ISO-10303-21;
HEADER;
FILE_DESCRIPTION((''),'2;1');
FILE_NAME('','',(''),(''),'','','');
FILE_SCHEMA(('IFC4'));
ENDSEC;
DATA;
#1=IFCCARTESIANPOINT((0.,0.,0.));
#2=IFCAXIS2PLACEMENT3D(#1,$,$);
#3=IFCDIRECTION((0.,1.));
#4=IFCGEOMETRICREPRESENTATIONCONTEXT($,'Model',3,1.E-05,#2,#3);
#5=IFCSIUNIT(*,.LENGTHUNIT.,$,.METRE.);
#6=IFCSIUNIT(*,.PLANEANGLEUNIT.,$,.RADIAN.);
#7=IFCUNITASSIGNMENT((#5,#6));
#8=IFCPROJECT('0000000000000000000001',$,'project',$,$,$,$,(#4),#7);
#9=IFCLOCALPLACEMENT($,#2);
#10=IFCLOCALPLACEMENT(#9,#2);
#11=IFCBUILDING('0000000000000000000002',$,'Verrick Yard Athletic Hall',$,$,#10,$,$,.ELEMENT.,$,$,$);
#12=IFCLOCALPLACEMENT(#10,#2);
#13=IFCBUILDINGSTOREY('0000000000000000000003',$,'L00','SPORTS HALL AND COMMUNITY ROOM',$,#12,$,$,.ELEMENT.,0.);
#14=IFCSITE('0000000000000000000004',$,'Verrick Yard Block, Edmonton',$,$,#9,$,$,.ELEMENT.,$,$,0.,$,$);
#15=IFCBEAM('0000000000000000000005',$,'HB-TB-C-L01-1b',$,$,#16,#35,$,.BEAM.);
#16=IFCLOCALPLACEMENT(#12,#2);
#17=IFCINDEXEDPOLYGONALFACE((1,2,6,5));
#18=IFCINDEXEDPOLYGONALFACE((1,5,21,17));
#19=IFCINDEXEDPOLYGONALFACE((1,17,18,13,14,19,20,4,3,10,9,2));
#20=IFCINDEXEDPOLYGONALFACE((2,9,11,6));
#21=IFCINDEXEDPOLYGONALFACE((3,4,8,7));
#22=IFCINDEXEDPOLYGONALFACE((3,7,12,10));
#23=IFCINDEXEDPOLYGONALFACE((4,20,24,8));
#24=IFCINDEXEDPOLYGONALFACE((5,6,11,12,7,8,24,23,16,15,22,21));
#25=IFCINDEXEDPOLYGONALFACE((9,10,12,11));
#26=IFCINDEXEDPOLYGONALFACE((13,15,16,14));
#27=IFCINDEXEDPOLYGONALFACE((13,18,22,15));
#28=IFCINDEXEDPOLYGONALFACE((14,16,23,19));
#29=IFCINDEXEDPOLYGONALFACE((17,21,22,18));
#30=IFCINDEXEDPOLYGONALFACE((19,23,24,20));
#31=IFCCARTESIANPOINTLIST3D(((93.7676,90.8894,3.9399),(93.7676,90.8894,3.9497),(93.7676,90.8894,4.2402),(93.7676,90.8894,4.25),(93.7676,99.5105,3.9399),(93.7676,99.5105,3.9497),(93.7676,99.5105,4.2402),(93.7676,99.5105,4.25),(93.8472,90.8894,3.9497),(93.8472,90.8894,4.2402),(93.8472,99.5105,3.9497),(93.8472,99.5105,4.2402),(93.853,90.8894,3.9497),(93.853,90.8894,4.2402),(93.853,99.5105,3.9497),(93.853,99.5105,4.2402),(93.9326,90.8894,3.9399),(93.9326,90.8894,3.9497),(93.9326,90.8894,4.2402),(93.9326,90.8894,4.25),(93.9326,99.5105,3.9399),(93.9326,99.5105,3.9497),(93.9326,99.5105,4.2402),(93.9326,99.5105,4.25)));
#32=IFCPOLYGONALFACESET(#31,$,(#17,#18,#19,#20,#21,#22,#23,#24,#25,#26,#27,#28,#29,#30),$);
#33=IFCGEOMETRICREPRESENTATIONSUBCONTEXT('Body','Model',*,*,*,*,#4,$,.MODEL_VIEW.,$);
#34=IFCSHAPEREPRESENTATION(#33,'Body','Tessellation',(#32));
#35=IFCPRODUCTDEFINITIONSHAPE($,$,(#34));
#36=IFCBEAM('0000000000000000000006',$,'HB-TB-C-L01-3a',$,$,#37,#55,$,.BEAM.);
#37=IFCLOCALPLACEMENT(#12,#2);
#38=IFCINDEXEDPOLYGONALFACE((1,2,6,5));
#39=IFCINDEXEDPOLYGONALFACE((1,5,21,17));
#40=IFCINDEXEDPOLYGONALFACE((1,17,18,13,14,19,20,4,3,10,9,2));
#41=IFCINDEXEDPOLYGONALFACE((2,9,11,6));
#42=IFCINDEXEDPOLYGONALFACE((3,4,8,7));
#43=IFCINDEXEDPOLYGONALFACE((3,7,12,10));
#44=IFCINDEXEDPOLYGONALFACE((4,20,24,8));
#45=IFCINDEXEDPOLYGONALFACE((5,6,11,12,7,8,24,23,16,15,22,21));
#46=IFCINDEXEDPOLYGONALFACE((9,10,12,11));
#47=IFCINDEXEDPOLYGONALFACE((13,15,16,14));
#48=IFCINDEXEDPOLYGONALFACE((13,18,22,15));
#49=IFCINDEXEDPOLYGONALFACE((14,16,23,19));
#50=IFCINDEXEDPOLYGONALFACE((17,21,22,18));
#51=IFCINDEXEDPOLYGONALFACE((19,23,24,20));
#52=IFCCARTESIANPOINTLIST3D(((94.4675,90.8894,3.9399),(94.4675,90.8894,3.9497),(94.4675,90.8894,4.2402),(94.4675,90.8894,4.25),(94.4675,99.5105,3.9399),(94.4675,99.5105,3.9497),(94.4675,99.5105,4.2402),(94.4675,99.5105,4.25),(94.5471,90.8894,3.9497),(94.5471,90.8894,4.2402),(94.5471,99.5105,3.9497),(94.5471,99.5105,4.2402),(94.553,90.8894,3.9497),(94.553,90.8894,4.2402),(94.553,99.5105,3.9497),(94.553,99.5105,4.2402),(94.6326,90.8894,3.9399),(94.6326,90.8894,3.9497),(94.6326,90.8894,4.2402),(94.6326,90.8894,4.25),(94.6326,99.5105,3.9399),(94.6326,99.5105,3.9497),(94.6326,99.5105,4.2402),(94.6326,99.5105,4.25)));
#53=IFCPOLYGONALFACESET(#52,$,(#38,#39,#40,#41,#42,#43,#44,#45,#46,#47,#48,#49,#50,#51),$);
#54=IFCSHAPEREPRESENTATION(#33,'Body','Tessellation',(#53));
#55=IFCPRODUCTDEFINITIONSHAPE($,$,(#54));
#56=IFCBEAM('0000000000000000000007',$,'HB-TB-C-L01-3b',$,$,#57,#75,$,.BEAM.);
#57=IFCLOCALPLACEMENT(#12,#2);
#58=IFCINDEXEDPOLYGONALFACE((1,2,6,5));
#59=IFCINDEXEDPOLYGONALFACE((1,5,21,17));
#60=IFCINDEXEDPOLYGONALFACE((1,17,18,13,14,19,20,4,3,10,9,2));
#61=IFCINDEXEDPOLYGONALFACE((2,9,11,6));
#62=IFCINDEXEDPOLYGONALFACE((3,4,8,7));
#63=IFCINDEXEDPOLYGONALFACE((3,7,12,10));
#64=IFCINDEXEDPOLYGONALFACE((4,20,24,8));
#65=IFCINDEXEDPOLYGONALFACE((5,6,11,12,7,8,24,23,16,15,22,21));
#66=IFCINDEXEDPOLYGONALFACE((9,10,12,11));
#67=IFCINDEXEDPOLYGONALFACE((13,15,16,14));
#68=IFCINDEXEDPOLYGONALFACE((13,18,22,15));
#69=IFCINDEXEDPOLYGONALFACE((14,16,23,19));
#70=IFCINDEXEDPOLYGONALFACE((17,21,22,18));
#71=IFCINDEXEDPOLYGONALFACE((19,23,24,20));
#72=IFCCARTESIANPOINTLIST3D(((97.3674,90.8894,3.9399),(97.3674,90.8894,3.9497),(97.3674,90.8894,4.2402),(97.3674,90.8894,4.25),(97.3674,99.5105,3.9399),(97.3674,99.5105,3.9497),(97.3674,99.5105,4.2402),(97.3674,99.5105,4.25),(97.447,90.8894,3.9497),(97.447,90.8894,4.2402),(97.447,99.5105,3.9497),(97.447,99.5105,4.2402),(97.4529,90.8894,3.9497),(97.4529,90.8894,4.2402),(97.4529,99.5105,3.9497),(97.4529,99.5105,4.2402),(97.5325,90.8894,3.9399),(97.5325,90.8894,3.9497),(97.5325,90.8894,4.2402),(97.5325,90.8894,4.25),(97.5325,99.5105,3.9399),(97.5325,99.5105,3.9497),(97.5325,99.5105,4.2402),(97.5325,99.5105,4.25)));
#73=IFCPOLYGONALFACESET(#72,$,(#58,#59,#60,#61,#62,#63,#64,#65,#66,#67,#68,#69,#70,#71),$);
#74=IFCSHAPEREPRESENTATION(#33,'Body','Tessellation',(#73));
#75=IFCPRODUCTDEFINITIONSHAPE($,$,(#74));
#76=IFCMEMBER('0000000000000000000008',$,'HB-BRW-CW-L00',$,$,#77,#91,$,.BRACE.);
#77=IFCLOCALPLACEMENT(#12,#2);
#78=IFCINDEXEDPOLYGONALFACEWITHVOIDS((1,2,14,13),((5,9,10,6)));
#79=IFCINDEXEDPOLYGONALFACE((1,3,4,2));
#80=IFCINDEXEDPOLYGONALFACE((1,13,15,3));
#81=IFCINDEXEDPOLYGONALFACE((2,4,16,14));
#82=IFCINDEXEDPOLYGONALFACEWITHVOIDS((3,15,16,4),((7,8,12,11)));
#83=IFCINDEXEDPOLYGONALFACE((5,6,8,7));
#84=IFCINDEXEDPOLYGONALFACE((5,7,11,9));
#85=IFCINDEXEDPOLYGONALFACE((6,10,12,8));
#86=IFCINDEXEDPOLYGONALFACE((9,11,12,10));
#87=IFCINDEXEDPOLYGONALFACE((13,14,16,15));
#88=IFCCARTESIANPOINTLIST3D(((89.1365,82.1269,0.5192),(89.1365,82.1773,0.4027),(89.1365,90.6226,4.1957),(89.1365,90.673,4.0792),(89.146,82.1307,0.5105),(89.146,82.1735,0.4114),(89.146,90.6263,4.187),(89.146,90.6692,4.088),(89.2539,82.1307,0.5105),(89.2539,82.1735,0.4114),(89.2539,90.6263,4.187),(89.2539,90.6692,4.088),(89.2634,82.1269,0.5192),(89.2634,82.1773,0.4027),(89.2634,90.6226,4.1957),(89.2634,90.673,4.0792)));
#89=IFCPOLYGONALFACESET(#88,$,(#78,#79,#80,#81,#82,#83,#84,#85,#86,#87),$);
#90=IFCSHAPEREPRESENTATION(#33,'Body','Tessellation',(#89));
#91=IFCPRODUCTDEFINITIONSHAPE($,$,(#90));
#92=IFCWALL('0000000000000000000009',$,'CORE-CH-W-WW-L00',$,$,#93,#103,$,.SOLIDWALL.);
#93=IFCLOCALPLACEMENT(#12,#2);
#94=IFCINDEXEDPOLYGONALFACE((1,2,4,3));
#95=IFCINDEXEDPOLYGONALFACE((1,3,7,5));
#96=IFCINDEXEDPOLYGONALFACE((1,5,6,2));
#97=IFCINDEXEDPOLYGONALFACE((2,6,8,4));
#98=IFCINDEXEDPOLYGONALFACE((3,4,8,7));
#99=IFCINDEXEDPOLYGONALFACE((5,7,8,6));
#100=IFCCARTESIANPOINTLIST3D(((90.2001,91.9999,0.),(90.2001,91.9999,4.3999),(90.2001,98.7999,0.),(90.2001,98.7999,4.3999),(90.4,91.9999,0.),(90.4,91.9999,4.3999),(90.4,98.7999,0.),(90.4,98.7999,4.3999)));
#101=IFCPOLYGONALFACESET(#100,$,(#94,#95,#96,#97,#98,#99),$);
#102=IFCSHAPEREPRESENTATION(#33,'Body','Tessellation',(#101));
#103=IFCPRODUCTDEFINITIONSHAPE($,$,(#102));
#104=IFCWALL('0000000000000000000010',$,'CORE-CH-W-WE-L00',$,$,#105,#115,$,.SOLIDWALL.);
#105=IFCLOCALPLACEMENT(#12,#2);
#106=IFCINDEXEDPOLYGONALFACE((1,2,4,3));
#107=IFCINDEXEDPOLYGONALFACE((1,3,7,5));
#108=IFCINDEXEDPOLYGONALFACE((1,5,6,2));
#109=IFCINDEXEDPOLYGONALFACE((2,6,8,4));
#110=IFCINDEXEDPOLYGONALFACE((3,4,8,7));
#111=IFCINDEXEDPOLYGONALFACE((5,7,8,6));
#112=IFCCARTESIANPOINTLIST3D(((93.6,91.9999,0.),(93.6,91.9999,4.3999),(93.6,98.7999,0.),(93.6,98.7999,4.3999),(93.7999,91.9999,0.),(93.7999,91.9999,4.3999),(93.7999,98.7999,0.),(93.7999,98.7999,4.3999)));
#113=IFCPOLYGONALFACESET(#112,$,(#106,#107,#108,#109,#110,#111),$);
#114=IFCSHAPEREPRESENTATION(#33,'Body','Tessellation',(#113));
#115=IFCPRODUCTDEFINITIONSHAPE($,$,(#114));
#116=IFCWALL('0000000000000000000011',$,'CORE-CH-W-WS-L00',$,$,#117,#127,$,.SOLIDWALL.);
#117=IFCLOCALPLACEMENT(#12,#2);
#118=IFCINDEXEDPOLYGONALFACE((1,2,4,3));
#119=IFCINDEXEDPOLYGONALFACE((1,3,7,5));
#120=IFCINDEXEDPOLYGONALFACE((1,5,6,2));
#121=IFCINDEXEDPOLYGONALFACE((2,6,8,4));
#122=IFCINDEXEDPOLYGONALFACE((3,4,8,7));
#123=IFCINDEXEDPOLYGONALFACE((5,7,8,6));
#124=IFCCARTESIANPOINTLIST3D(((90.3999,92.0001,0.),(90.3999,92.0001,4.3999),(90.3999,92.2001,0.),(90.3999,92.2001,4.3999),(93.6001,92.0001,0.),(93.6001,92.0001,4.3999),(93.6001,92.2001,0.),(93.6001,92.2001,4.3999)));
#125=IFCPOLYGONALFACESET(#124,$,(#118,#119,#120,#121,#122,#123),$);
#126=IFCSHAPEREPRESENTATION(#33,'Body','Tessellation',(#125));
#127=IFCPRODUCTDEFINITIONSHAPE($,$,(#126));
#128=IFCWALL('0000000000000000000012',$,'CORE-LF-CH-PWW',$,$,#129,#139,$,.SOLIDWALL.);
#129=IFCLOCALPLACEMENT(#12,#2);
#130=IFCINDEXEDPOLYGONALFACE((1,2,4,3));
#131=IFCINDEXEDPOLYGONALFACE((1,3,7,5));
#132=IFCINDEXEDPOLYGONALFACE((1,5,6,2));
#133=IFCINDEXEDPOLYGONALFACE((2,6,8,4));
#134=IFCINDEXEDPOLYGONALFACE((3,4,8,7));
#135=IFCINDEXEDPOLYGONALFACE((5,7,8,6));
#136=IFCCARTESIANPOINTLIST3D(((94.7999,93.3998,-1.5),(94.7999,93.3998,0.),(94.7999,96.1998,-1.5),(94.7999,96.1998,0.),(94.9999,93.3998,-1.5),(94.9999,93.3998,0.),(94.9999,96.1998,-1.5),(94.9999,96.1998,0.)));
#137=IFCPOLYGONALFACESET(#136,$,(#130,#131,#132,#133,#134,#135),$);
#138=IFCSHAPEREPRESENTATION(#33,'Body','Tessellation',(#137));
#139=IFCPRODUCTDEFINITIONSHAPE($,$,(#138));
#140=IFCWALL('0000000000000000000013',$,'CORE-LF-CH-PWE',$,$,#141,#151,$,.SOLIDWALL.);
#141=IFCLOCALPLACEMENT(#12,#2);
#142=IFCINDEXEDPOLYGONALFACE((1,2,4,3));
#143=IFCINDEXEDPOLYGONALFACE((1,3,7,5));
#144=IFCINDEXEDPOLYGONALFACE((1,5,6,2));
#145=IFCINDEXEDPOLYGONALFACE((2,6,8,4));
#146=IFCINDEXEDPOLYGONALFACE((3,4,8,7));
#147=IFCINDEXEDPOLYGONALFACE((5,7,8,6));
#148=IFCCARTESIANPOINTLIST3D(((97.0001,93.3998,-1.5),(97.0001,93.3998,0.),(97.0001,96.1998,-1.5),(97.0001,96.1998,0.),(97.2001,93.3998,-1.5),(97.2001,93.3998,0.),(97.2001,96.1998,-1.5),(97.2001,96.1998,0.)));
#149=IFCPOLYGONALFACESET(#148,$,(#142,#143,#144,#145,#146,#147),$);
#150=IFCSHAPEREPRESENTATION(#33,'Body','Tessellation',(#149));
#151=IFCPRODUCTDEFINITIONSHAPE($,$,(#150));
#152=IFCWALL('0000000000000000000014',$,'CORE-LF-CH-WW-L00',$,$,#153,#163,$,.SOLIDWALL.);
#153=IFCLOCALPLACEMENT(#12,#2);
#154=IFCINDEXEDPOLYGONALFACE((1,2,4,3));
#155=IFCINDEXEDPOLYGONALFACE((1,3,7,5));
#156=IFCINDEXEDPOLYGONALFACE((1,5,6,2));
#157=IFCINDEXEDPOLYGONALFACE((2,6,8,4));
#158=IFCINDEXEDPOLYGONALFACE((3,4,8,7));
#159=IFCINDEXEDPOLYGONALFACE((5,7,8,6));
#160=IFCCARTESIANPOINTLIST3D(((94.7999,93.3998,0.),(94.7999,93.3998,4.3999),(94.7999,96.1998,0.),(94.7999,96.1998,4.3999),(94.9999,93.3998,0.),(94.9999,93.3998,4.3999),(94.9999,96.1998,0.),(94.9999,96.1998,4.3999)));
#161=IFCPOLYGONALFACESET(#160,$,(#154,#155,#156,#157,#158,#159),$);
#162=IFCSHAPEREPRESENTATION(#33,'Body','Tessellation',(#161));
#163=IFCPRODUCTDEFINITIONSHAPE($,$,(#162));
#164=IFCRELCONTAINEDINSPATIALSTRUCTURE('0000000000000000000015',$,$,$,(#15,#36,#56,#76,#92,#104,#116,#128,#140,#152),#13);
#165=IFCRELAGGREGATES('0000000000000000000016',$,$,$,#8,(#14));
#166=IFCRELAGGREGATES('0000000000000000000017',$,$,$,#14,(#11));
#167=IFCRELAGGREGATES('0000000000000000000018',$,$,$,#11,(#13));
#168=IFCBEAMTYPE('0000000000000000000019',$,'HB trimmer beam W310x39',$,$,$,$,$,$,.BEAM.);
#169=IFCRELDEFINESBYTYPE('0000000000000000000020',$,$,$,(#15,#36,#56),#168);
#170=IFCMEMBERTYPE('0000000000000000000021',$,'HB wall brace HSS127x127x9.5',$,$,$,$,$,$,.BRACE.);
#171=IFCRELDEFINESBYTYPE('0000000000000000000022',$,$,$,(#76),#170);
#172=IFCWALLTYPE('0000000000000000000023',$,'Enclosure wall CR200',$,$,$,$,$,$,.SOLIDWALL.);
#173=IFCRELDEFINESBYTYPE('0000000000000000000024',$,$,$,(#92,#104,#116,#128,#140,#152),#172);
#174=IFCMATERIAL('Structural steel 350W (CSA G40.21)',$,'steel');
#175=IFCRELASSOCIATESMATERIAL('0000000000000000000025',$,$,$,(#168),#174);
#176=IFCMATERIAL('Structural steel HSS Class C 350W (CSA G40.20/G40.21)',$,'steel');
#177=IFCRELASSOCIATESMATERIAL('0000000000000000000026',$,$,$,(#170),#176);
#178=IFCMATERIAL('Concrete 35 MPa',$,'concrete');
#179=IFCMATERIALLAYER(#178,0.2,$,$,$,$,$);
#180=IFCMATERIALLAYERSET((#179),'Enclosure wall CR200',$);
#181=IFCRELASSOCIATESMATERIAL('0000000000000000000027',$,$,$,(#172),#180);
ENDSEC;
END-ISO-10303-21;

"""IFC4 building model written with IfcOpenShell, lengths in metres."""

from ifc_helpers import new_model, si_unit, direction, frame, frame_2d, origin, origin_2d, place, context, subcontext, project, spatial, rectangle, hollow_rectangle, i_section, extrude, material, layer, layer_set, material_profile, profile_set, type_object, element, save


model = new_model("IFC4")

# Units and contexts
model_context = context("Model", 3, precision=1e-05, world=origin(), true_north=direction((0.0, 1.0)))
body_context = subcontext(model_context, "Body", "Model", "MODEL_VIEW")
ifc_project = project(units=[si_unit("LENGTHUNIT", "METRE"), si_unit("PLANEANGLEUNIT", "RADIAN")], contexts=[model_context])

# Site, building, storey
site_placement = place(None, origin())
site = spatial("IfcSite", under=ifc_project, at=site_placement, Name="Verrick Yard Block, Edmonton", CompositionType="ELEMENT", RefElevation=0.0)
building_placement = place(site_placement, origin())
building = spatial("IfcBuilding", under=site, at=building_placement, Name="Verrick Yard Athletic Hall", CompositionType="ELEMENT")
storey_placement = place(building_placement, origin())
storey = spatial("IfcBuildingStorey", under=building, at=storey_placement, Name="L00", Description="SPORTS HALL AND COMMUNITY ROOM", CompositionType="ELEMENT", Elevation=0.0)

# Shared definitions
ifc_material_1 = material(Name="Concrete 35 MPa", Category="concrete")

# Beams
ifc_material_2 = material(Name="Structural steel 350W (CSA G40.21)", Category="steel")
ifc_material_profile_1 = material_profile(ifc_material_2, i_section(OverallWidth=0.165, OverallDepth=0.3101, WebThickness=0.0059, FlangeThickness=0.0098, at=origin_2d()), Name="W310x39")
ifc_profile_set_1 = profile_set([ifc_material_profile_1], Name="Structural steel 350W (CSA G40.21)")
beam_type_1 = type_object("IfcBeamType", Name="HB trimmer beam W310x39", PredefinedType="BEAM", material=ifc_profile_set_1)
for number, where, z_axis, x_axis, name in (
    (1, (93.8501, 90.8894, 4.095), (0.0, 1.0, 0.0), (-1.0, 0.0, 0.0), "HB-TB-C-L01-1b"),
    (2, (94.55, 90.8894, 4.095), (0.0, 1.0, 0.0), (-1.0, 0.0, 0.0), "HB-TB-C-L01-3a"),
    (3, (97.45, 90.8894, 4.095), (0.0, 1.0, 0.0), (-1.0, 0.0, 0.0), "HB-TB-C-L01-3b"),
):
    element("IfcBeam", number, at=place(storey_placement, frame(where, z_axis=z_axis, x_axis=x_axis)), inside=storey, type_object=beam_type_1, Name=name, PredefinedType="BEAM", context=body_context, shape_type="SweptSolid", body=[
        extrude(i_section(OverallWidth=0.165, OverallDepth=0.3101, WebThickness=0.0059, FlangeThickness=0.0098, at=origin_2d()), origin(), (0.0, 0.0, 1.0), 8.6211),
    ])

# Member
ifc_material_3 = material(Name="Structural steel HSS Class C 350W (CSA G40.20/G40.21)", Category="steel")
ifc_material_profile_2 = material_profile(ifc_material_3, hollow_rectangle(XDim=0.127, YDim=0.127, WallThickness=0.0095, at=origin_2d()), Name="HSS127x127x9.5")
ifc_profile_set_2 = profile_set([ifc_material_profile_2], Name="Structural steel HSS Class C 350W (CSA G40.20/G40.21)")
member_type = type_object("IfcMemberType", Name="HB wall brace HSS127x127x9.5", PredefinedType="BRACE", material=ifc_profile_set_2)
member_placement = place(storey_placement, frame((89.2, 82.1521, 0.4609), z_axis=(0.0, 0.917749, 0.39716), x_axis=(-1.0, 0.0, 0.0)))
element("IfcMember", 4, at=member_placement, inside=storey, type_object=member_type, Name="HB-BRW-CW-L00", PredefinedType="BRACE", context=body_context, shape_type="SweptSolid", body=[
    extrude(hollow_rectangle(XDim=0.127, YDim=0.127, WallThickness=0.0095, at=origin_2d()), origin(), (0.0, 0.0, 1.0), 9.2571),
])

# Walls
ifc_layer = layer(ifc_material_1, 0.2)
ifc_layer_set = layer_set([ifc_layer], Name="Enclosure wall CR200")
wall_type = type_object("IfcWallType", Name="Enclosure wall CR200", PredefinedType="SOLIDWALL", material=ifc_layer_set)
for number, where, z_axis, x_axis, name in (
    (5, (90.3, 92.0, 0.0), (0.0, 0.0, 1.0), (0.0, 1.0, 0.0), "CORE-CH-W-WW-L00"),
    (6, (93.7, 92.0, 0.0), (0.0, 0.0, 1.0), (0.0, 1.0, 0.0), "CORE-CH-W-WE-L00"),
):
    element("IfcWall", number, at=place(storey_placement, frame(where, z_axis=z_axis, x_axis=x_axis)), inside=storey, type_object=wall_type, Name=name, PredefinedType="SOLIDWALL", context=body_context, shape_type="SweptSolid", body=[
        extrude(rectangle(XDim=6.8, YDim=0.2, at=frame_2d((3.3999, 0.0))), origin(), (0.0, 0.0, 1.0), 4.3999),
    ])
wall_1_placement = place(storey_placement, frame((90.3999, 92.1001, 0.0), z_axis=(0.0, 0.0, 1.0), x_axis=(1.0, 0.0, 0.0)))
element("IfcWall", 7, at=wall_1_placement, inside=storey, type_object=wall_type, Name="CORE-CH-W-WS-L00", PredefinedType="SOLIDWALL", context=body_context, shape_type="SweptSolid", body=[
    extrude(rectangle(XDim=3.2002, YDim=0.2, at=frame_2d((1.6001, 0.0))), origin(), (0.0, 0.0, 1.0), 4.3999),
])
for number, where, z_axis, x_axis, name in (
    (8, (94.8999, 93.3999, -1.5), (0.0, 0.0, 1.0), (0.0, 1.0, 0.0), "CORE-LF-CH-PWW"),
    (9, (97.1001, 93.3999, -1.5), (0.0, 0.0, 1.0), (0.0, 1.0, 0.0), "CORE-LF-CH-PWE"),
):
    element("IfcWall", number, at=place(storey_placement, frame(where, z_axis=z_axis, x_axis=x_axis)), inside=storey, type_object=wall_type, Name=name, PredefinedType="SOLIDWALL", context=body_context, shape_type="SweptSolid", body=[
        extrude(rectangle(XDim=2.8, YDim=0.2, at=frame_2d((1.3999, 0.0))), origin(), (0.0, 0.0, 1.0), 1.5),
    ])
wall_2_placement = place(storey_placement, frame((94.8999, 93.3999, 0.0), z_axis=(0.0, 0.0, 1.0), x_axis=(0.0, 1.0, 0.0)))
element("IfcWall", 10, at=wall_2_placement, inside=storey, type_object=wall_type, Name="CORE-LF-CH-WW-L00", PredefinedType="SOLIDWALL", context=body_context, shape_type="SweptSolid", body=[
    extrude(rectangle(XDim=2.8, YDim=0.2, at=frame_2d((1.3999, 0.0))), origin(), (0.0, 0.0, 1.0), 4.3999),
])

save(model, "model.ifc")
